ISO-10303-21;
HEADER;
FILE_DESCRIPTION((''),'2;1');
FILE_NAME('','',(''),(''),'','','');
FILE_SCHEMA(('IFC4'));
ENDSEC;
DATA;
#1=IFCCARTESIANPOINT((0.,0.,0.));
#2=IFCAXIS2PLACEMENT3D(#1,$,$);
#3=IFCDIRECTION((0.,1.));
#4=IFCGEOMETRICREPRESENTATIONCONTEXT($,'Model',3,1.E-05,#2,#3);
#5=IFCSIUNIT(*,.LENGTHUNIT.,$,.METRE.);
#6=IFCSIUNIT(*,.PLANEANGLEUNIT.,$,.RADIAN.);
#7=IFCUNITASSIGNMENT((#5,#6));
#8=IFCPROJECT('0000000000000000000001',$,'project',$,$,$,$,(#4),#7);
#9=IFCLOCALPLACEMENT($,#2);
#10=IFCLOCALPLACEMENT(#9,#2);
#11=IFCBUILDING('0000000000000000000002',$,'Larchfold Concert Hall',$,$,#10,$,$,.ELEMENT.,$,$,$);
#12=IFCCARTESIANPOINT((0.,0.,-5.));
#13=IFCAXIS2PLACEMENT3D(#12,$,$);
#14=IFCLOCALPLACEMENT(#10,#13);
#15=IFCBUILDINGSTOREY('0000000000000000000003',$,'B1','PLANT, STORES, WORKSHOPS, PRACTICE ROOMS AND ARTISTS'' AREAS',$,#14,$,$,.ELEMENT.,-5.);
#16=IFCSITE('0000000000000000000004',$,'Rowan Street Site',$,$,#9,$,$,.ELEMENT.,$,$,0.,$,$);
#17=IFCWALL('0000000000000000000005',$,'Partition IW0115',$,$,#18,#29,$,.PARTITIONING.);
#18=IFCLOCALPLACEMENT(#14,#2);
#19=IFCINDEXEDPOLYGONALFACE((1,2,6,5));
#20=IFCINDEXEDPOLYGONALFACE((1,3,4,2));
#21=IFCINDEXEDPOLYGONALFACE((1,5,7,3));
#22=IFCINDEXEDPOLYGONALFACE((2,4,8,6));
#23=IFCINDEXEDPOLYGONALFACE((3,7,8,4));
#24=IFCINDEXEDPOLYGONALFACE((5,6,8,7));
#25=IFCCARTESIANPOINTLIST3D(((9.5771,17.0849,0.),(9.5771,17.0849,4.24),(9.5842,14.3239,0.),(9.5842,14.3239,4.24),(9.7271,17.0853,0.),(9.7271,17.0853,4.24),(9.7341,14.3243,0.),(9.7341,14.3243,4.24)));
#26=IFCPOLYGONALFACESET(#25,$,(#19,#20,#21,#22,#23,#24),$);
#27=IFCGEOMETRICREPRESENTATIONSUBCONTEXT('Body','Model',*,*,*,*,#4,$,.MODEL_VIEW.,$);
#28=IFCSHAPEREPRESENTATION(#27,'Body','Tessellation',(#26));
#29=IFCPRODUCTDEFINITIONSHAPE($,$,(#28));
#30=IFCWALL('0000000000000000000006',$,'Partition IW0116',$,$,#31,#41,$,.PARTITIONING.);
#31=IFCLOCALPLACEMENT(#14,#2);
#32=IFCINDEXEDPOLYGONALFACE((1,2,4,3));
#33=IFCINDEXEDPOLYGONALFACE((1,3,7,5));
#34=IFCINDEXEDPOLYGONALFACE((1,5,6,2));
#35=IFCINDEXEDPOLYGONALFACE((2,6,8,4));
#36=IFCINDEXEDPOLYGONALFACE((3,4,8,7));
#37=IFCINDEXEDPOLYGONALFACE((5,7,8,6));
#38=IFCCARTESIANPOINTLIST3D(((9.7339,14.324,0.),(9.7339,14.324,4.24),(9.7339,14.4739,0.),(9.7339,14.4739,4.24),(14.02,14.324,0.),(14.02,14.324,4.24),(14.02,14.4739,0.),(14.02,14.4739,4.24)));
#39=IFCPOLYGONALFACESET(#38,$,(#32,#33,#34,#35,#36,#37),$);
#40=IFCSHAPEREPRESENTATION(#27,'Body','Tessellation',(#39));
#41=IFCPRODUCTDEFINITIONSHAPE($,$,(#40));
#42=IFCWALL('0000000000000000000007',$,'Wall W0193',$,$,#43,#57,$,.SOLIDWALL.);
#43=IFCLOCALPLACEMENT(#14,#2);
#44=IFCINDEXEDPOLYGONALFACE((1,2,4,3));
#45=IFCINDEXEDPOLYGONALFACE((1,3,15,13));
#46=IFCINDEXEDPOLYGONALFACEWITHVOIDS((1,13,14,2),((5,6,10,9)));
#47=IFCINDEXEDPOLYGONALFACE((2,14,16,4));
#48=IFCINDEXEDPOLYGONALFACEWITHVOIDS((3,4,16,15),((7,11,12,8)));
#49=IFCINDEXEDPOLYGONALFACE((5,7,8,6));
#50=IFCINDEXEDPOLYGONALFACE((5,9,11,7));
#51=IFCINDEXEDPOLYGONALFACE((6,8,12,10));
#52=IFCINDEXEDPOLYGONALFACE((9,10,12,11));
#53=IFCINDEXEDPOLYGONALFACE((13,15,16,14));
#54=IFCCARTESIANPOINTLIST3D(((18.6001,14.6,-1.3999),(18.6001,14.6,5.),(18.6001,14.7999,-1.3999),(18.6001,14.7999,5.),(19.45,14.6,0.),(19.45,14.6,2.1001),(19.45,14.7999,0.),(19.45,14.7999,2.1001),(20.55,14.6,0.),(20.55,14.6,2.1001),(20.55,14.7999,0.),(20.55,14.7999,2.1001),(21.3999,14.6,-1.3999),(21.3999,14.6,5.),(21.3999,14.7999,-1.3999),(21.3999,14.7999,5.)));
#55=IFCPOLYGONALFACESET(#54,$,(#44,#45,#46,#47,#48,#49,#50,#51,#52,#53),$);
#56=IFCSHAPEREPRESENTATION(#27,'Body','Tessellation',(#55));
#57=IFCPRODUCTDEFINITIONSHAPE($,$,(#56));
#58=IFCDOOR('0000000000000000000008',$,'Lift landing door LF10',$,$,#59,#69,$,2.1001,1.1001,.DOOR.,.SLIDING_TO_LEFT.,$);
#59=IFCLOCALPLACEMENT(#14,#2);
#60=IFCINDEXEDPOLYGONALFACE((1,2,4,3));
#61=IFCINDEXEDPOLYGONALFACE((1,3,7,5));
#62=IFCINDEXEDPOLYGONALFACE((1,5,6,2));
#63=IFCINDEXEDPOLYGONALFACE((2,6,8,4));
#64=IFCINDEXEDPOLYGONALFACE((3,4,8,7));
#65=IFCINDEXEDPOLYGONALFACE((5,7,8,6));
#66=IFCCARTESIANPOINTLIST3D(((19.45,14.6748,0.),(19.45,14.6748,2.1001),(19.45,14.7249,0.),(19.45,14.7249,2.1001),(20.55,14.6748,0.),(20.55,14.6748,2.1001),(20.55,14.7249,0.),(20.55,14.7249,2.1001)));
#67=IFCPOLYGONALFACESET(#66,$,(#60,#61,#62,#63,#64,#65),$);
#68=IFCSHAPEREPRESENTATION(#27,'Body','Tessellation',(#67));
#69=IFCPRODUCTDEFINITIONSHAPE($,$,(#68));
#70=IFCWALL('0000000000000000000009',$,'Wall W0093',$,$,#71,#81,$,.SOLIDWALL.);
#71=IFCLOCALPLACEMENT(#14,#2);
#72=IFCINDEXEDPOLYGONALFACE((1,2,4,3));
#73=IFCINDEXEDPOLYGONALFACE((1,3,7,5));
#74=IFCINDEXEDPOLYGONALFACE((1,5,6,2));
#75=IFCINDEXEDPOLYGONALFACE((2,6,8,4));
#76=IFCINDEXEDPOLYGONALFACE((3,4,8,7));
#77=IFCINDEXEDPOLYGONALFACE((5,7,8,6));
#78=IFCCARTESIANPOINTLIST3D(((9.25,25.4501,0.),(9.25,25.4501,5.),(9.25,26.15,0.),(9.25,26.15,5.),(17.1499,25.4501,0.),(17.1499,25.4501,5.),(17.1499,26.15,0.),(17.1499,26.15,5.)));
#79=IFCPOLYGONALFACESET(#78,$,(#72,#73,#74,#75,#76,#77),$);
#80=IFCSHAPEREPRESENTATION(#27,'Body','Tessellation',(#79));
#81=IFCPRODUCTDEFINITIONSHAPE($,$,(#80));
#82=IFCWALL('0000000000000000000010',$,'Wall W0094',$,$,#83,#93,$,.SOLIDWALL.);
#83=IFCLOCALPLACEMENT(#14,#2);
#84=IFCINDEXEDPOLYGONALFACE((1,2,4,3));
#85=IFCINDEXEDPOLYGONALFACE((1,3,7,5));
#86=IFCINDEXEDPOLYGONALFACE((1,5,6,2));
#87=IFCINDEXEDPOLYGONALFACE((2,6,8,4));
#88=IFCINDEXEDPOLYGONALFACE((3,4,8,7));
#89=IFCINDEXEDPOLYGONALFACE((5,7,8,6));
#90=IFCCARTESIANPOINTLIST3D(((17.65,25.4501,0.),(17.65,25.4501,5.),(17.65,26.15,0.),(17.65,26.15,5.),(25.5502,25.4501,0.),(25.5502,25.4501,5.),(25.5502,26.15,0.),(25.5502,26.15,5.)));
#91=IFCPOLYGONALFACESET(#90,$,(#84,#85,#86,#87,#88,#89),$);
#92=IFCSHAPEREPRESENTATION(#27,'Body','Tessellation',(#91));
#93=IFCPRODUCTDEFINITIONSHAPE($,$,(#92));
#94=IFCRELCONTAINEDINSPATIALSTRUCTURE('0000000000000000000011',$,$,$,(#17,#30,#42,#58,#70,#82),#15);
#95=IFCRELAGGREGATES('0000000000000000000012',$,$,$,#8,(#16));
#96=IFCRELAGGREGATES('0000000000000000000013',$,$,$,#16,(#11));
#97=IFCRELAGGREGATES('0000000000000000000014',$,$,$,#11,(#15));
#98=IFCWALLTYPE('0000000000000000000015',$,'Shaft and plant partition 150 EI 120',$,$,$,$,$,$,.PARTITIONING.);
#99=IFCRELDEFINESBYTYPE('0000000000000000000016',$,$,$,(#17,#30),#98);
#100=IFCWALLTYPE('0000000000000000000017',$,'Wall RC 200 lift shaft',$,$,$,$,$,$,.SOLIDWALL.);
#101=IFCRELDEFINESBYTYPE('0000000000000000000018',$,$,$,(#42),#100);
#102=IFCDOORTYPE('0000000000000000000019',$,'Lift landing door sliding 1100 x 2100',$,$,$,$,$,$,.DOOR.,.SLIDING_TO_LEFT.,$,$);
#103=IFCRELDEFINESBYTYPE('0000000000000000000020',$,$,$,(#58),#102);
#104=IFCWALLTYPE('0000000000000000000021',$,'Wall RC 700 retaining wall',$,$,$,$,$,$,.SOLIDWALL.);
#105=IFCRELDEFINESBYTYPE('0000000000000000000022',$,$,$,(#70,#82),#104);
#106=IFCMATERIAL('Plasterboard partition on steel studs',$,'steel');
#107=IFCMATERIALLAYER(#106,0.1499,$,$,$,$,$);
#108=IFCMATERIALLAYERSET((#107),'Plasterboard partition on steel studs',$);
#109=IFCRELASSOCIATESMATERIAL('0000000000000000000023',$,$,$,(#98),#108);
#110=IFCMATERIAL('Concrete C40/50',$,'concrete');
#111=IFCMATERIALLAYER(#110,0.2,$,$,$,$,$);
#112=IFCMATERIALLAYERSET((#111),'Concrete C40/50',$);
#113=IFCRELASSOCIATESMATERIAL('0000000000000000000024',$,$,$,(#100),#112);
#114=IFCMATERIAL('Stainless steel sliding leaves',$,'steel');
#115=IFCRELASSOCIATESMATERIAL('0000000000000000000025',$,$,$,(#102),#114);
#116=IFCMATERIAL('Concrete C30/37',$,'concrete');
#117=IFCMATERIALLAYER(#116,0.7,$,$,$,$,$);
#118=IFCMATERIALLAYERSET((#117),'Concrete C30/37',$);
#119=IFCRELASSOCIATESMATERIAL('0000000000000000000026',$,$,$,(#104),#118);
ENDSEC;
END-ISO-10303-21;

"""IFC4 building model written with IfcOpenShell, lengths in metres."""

from ifc_helpers import new_model, si_unit, direction, frame, frame_2d, origin, place, context, subcontext, project, spatial, rectangle, extrude, material, layer, layer_set, type_object, element, fill, save


model = new_model("IFC4")

# Units and contexts
model_context = context("Model", 3, precision=1e-05, world=origin(), true_north=direction((0.0, 1.0)))
body_context = subcontext(model_context, "Body", "Model", "MODEL_VIEW")
ifc_project = project(units=[si_unit("LENGTHUNIT", "METRE"), si_unit("PLANEANGLEUNIT", "RADIAN")], contexts=[model_context])

# Site, building, storey
site_placement = place(None, origin())
site = spatial("IfcSite", under=ifc_project, at=site_placement, Name="Rowan Street Site", CompositionType="ELEMENT", RefElevation=0.0)
building_placement = place(site_placement, origin())
building = spatial("IfcBuilding", under=site, at=building_placement, Name="Larchfold Concert Hall", CompositionType="ELEMENT")
storey_placement = place(building_placement, frame((0.0, 0.0, -5.0)))
storey = spatial("IfcBuildingStorey", under=building, at=storey_placement, Name="B1", Description="PLANT, STORES, WORKSHOPS, PRACTICE ROOMS AND ARTISTS' AREAS", CompositionType="ELEMENT", Elevation=-5.0)

# Walls
ifc_material_1 = material(Name="Plasterboard partition on steel studs", Category="steel")
ifc_layer_1 = layer(ifc_material_1, 0.1499)
ifc_layer_set_1 = layer_set([ifc_layer_1], Name="Plasterboard partition on steel studs")
wall_type_1 = type_object("IfcWallType", Name="Shaft and plant partition 150 EI 120", PredefinedType="PARTITIONING", material=ifc_layer_set_1)
wall_1_placement = place(storey_placement, frame((9.6521, 17.085, 0.0), z_axis=(0.0, 0.0, 1.0), x_axis=(0.002564, -0.999997, 0.0)))
element("IfcWall", 1, at=wall_1_placement, inside=storey, type_object=wall_type_1, Name="Partition IW0115", PredefinedType="PARTITIONING", context=body_context, shape_type="SweptSolid", body=[
    extrude(rectangle(XDim=2.761, YDim=0.1499, at=frame_2d((1.3804, 0.0))), origin(), (0.0, 0.0, 1.0), 4.24),
])
wall_2_placement = place(storey_placement, frame((9.7339, 14.3989, 0.0), z_axis=(0.0, 0.0, 1.0), x_axis=(1.0, 0.0, 0.0)))
element("IfcWall", 2, at=wall_2_placement, inside=storey, type_object=wall_type_1, Name="Partition IW0116", PredefinedType="PARTITIONING", context=body_context, shape_type="SweptSolid", body=[
    extrude(rectangle(XDim=4.2861, YDim=0.1499, at=frame_2d((2.1431, 0.0))), origin(), (0.0, 0.0, 1.0), 4.24),
])

# Wall, opening, door
ifc_material_2 = material(Name="Concrete C40/50", Category="concrete")
ifc_layer_2 = layer(ifc_material_2, 0.2)
ifc_layer_set_2 = layer_set([ifc_layer_2], Name="Concrete C40/50")
wall_type_2 = type_object("IfcWallType", Name="Wall RC 200 lift shaft", PredefinedType="SOLIDWALL", material=ifc_layer_set_2)
wall_3_placement = place(storey_placement, frame((18.6001, 14.7, -1.3999), z_axis=(0.0, 0.0, 1.0), x_axis=(1.0, 0.0, 0.0)))
wall_3 = element("IfcWall", 3, at=wall_3_placement, inside=storey, type_object=wall_type_2, Name="Wall W0193", PredefinedType="SOLIDWALL", context=body_context, shape_type="SweptSolid", body=[
    extrude(rectangle(XDim=2.7998, YDim=0.2, at=frame_2d((1.3999, 0.0))), origin(), (0.0, 0.0, 1.0), 6.3999),
])
opening_1_placement = place(wall_3_placement, frame((0.8499, 0.0, 1.3999)))
opening_1 = element("IfcOpeningElement", 4, at=opening_1_placement, cuts=wall_3, PredefinedType="OPENING", context=body_context, shape_type="SweptSolid", body=[
    extrude(rectangle(XDim=1.1001, YDim=2.1001, at=frame_2d((0.55, 1.05))), frame((0.0, 0.1099, 0.0), z_axis=(0.0, -1.0, 0.0), x_axis=(1.0, 0.0, 0.0)), (0.0, 0.0, 1.0), 0.22),
])
ifc_material_3 = material(Name="Stainless steel sliding leaves", Category="steel")
door_type_1 = type_object("IfcDoorType", Name="Lift landing door sliding 1100 x 2100", OperationType="SLIDING_TO_LEFT", PredefinedType="DOOR", material=ifc_material_3)
door_1_placement = place(opening_1_placement, origin())
door_1 = element("IfcDoor", 5, at=door_1_placement, inside=storey, type_object=door_type_1, Name="Lift landing door LF10", OperationType="SLIDING_TO_LEFT", OverallHeight=2.1001, OverallWidth=1.1001, PredefinedType="DOOR", context=body_context, shape_type="SweptSolid", body=[
    extrude(rectangle(XDim=1.1001, YDim=2.1001, at=frame_2d((0.55, 1.05))), frame((0.0, 0.0249, 0.0), z_axis=(0.0, -1.0, 0.0), x_axis=(1.0, 0.0, 0.0)), (0.0, 0.0, 1.0), 0.05),
])
fill(opening_1, door_1)

# Walls
ifc_material_4 = material(Name="Concrete C30/37", Category="concrete")
ifc_layer_3 = layer(ifc_material_4, 0.7)
ifc_layer_set_3 = layer_set([ifc_layer_3], Name="Concrete C30/37")
wall_type_3 = type_object("IfcWallType", Name="Wall RC 700 retaining wall", PredefinedType="SOLIDWALL", material=ifc_layer_set_3)
wall_4_placement = place(storey_placement, frame((9.25, 25.8, 0.0), z_axis=(0.0, 0.0, 1.0), x_axis=(1.0, 0.0, 0.0)))
element("IfcWall", 6, at=wall_4_placement, inside=storey, type_object=wall_type_3, Name="Wall W0093", PredefinedType="SOLIDWALL", context=body_context, shape_type="SweptSolid", body=[
    extrude(rectangle(XDim=7.8999, YDim=0.7, at=frame_2d((3.95, 0.0))), origin(), (0.0, 0.0, 1.0), 5.0),
])
wall_5_placement = place(storey_placement, frame((17.6499, 25.8, 0.0), z_axis=(0.0, 0.0, 1.0), x_axis=(1.0, 0.0, 0.0)))
element("IfcWall", 7, at=wall_5_placement, inside=storey, type_object=wall_type_3, Name="Wall W0094", PredefinedType="SOLIDWALL", context=body_context, shape_type="SweptSolid", body=[
    extrude(rectangle(XDim=7.9001, YDim=0.7, at=frame_2d((3.9502, 0.0))), origin(), (0.0, 0.0, 1.0), 5.0),
])

save(model, "model.ifc")
